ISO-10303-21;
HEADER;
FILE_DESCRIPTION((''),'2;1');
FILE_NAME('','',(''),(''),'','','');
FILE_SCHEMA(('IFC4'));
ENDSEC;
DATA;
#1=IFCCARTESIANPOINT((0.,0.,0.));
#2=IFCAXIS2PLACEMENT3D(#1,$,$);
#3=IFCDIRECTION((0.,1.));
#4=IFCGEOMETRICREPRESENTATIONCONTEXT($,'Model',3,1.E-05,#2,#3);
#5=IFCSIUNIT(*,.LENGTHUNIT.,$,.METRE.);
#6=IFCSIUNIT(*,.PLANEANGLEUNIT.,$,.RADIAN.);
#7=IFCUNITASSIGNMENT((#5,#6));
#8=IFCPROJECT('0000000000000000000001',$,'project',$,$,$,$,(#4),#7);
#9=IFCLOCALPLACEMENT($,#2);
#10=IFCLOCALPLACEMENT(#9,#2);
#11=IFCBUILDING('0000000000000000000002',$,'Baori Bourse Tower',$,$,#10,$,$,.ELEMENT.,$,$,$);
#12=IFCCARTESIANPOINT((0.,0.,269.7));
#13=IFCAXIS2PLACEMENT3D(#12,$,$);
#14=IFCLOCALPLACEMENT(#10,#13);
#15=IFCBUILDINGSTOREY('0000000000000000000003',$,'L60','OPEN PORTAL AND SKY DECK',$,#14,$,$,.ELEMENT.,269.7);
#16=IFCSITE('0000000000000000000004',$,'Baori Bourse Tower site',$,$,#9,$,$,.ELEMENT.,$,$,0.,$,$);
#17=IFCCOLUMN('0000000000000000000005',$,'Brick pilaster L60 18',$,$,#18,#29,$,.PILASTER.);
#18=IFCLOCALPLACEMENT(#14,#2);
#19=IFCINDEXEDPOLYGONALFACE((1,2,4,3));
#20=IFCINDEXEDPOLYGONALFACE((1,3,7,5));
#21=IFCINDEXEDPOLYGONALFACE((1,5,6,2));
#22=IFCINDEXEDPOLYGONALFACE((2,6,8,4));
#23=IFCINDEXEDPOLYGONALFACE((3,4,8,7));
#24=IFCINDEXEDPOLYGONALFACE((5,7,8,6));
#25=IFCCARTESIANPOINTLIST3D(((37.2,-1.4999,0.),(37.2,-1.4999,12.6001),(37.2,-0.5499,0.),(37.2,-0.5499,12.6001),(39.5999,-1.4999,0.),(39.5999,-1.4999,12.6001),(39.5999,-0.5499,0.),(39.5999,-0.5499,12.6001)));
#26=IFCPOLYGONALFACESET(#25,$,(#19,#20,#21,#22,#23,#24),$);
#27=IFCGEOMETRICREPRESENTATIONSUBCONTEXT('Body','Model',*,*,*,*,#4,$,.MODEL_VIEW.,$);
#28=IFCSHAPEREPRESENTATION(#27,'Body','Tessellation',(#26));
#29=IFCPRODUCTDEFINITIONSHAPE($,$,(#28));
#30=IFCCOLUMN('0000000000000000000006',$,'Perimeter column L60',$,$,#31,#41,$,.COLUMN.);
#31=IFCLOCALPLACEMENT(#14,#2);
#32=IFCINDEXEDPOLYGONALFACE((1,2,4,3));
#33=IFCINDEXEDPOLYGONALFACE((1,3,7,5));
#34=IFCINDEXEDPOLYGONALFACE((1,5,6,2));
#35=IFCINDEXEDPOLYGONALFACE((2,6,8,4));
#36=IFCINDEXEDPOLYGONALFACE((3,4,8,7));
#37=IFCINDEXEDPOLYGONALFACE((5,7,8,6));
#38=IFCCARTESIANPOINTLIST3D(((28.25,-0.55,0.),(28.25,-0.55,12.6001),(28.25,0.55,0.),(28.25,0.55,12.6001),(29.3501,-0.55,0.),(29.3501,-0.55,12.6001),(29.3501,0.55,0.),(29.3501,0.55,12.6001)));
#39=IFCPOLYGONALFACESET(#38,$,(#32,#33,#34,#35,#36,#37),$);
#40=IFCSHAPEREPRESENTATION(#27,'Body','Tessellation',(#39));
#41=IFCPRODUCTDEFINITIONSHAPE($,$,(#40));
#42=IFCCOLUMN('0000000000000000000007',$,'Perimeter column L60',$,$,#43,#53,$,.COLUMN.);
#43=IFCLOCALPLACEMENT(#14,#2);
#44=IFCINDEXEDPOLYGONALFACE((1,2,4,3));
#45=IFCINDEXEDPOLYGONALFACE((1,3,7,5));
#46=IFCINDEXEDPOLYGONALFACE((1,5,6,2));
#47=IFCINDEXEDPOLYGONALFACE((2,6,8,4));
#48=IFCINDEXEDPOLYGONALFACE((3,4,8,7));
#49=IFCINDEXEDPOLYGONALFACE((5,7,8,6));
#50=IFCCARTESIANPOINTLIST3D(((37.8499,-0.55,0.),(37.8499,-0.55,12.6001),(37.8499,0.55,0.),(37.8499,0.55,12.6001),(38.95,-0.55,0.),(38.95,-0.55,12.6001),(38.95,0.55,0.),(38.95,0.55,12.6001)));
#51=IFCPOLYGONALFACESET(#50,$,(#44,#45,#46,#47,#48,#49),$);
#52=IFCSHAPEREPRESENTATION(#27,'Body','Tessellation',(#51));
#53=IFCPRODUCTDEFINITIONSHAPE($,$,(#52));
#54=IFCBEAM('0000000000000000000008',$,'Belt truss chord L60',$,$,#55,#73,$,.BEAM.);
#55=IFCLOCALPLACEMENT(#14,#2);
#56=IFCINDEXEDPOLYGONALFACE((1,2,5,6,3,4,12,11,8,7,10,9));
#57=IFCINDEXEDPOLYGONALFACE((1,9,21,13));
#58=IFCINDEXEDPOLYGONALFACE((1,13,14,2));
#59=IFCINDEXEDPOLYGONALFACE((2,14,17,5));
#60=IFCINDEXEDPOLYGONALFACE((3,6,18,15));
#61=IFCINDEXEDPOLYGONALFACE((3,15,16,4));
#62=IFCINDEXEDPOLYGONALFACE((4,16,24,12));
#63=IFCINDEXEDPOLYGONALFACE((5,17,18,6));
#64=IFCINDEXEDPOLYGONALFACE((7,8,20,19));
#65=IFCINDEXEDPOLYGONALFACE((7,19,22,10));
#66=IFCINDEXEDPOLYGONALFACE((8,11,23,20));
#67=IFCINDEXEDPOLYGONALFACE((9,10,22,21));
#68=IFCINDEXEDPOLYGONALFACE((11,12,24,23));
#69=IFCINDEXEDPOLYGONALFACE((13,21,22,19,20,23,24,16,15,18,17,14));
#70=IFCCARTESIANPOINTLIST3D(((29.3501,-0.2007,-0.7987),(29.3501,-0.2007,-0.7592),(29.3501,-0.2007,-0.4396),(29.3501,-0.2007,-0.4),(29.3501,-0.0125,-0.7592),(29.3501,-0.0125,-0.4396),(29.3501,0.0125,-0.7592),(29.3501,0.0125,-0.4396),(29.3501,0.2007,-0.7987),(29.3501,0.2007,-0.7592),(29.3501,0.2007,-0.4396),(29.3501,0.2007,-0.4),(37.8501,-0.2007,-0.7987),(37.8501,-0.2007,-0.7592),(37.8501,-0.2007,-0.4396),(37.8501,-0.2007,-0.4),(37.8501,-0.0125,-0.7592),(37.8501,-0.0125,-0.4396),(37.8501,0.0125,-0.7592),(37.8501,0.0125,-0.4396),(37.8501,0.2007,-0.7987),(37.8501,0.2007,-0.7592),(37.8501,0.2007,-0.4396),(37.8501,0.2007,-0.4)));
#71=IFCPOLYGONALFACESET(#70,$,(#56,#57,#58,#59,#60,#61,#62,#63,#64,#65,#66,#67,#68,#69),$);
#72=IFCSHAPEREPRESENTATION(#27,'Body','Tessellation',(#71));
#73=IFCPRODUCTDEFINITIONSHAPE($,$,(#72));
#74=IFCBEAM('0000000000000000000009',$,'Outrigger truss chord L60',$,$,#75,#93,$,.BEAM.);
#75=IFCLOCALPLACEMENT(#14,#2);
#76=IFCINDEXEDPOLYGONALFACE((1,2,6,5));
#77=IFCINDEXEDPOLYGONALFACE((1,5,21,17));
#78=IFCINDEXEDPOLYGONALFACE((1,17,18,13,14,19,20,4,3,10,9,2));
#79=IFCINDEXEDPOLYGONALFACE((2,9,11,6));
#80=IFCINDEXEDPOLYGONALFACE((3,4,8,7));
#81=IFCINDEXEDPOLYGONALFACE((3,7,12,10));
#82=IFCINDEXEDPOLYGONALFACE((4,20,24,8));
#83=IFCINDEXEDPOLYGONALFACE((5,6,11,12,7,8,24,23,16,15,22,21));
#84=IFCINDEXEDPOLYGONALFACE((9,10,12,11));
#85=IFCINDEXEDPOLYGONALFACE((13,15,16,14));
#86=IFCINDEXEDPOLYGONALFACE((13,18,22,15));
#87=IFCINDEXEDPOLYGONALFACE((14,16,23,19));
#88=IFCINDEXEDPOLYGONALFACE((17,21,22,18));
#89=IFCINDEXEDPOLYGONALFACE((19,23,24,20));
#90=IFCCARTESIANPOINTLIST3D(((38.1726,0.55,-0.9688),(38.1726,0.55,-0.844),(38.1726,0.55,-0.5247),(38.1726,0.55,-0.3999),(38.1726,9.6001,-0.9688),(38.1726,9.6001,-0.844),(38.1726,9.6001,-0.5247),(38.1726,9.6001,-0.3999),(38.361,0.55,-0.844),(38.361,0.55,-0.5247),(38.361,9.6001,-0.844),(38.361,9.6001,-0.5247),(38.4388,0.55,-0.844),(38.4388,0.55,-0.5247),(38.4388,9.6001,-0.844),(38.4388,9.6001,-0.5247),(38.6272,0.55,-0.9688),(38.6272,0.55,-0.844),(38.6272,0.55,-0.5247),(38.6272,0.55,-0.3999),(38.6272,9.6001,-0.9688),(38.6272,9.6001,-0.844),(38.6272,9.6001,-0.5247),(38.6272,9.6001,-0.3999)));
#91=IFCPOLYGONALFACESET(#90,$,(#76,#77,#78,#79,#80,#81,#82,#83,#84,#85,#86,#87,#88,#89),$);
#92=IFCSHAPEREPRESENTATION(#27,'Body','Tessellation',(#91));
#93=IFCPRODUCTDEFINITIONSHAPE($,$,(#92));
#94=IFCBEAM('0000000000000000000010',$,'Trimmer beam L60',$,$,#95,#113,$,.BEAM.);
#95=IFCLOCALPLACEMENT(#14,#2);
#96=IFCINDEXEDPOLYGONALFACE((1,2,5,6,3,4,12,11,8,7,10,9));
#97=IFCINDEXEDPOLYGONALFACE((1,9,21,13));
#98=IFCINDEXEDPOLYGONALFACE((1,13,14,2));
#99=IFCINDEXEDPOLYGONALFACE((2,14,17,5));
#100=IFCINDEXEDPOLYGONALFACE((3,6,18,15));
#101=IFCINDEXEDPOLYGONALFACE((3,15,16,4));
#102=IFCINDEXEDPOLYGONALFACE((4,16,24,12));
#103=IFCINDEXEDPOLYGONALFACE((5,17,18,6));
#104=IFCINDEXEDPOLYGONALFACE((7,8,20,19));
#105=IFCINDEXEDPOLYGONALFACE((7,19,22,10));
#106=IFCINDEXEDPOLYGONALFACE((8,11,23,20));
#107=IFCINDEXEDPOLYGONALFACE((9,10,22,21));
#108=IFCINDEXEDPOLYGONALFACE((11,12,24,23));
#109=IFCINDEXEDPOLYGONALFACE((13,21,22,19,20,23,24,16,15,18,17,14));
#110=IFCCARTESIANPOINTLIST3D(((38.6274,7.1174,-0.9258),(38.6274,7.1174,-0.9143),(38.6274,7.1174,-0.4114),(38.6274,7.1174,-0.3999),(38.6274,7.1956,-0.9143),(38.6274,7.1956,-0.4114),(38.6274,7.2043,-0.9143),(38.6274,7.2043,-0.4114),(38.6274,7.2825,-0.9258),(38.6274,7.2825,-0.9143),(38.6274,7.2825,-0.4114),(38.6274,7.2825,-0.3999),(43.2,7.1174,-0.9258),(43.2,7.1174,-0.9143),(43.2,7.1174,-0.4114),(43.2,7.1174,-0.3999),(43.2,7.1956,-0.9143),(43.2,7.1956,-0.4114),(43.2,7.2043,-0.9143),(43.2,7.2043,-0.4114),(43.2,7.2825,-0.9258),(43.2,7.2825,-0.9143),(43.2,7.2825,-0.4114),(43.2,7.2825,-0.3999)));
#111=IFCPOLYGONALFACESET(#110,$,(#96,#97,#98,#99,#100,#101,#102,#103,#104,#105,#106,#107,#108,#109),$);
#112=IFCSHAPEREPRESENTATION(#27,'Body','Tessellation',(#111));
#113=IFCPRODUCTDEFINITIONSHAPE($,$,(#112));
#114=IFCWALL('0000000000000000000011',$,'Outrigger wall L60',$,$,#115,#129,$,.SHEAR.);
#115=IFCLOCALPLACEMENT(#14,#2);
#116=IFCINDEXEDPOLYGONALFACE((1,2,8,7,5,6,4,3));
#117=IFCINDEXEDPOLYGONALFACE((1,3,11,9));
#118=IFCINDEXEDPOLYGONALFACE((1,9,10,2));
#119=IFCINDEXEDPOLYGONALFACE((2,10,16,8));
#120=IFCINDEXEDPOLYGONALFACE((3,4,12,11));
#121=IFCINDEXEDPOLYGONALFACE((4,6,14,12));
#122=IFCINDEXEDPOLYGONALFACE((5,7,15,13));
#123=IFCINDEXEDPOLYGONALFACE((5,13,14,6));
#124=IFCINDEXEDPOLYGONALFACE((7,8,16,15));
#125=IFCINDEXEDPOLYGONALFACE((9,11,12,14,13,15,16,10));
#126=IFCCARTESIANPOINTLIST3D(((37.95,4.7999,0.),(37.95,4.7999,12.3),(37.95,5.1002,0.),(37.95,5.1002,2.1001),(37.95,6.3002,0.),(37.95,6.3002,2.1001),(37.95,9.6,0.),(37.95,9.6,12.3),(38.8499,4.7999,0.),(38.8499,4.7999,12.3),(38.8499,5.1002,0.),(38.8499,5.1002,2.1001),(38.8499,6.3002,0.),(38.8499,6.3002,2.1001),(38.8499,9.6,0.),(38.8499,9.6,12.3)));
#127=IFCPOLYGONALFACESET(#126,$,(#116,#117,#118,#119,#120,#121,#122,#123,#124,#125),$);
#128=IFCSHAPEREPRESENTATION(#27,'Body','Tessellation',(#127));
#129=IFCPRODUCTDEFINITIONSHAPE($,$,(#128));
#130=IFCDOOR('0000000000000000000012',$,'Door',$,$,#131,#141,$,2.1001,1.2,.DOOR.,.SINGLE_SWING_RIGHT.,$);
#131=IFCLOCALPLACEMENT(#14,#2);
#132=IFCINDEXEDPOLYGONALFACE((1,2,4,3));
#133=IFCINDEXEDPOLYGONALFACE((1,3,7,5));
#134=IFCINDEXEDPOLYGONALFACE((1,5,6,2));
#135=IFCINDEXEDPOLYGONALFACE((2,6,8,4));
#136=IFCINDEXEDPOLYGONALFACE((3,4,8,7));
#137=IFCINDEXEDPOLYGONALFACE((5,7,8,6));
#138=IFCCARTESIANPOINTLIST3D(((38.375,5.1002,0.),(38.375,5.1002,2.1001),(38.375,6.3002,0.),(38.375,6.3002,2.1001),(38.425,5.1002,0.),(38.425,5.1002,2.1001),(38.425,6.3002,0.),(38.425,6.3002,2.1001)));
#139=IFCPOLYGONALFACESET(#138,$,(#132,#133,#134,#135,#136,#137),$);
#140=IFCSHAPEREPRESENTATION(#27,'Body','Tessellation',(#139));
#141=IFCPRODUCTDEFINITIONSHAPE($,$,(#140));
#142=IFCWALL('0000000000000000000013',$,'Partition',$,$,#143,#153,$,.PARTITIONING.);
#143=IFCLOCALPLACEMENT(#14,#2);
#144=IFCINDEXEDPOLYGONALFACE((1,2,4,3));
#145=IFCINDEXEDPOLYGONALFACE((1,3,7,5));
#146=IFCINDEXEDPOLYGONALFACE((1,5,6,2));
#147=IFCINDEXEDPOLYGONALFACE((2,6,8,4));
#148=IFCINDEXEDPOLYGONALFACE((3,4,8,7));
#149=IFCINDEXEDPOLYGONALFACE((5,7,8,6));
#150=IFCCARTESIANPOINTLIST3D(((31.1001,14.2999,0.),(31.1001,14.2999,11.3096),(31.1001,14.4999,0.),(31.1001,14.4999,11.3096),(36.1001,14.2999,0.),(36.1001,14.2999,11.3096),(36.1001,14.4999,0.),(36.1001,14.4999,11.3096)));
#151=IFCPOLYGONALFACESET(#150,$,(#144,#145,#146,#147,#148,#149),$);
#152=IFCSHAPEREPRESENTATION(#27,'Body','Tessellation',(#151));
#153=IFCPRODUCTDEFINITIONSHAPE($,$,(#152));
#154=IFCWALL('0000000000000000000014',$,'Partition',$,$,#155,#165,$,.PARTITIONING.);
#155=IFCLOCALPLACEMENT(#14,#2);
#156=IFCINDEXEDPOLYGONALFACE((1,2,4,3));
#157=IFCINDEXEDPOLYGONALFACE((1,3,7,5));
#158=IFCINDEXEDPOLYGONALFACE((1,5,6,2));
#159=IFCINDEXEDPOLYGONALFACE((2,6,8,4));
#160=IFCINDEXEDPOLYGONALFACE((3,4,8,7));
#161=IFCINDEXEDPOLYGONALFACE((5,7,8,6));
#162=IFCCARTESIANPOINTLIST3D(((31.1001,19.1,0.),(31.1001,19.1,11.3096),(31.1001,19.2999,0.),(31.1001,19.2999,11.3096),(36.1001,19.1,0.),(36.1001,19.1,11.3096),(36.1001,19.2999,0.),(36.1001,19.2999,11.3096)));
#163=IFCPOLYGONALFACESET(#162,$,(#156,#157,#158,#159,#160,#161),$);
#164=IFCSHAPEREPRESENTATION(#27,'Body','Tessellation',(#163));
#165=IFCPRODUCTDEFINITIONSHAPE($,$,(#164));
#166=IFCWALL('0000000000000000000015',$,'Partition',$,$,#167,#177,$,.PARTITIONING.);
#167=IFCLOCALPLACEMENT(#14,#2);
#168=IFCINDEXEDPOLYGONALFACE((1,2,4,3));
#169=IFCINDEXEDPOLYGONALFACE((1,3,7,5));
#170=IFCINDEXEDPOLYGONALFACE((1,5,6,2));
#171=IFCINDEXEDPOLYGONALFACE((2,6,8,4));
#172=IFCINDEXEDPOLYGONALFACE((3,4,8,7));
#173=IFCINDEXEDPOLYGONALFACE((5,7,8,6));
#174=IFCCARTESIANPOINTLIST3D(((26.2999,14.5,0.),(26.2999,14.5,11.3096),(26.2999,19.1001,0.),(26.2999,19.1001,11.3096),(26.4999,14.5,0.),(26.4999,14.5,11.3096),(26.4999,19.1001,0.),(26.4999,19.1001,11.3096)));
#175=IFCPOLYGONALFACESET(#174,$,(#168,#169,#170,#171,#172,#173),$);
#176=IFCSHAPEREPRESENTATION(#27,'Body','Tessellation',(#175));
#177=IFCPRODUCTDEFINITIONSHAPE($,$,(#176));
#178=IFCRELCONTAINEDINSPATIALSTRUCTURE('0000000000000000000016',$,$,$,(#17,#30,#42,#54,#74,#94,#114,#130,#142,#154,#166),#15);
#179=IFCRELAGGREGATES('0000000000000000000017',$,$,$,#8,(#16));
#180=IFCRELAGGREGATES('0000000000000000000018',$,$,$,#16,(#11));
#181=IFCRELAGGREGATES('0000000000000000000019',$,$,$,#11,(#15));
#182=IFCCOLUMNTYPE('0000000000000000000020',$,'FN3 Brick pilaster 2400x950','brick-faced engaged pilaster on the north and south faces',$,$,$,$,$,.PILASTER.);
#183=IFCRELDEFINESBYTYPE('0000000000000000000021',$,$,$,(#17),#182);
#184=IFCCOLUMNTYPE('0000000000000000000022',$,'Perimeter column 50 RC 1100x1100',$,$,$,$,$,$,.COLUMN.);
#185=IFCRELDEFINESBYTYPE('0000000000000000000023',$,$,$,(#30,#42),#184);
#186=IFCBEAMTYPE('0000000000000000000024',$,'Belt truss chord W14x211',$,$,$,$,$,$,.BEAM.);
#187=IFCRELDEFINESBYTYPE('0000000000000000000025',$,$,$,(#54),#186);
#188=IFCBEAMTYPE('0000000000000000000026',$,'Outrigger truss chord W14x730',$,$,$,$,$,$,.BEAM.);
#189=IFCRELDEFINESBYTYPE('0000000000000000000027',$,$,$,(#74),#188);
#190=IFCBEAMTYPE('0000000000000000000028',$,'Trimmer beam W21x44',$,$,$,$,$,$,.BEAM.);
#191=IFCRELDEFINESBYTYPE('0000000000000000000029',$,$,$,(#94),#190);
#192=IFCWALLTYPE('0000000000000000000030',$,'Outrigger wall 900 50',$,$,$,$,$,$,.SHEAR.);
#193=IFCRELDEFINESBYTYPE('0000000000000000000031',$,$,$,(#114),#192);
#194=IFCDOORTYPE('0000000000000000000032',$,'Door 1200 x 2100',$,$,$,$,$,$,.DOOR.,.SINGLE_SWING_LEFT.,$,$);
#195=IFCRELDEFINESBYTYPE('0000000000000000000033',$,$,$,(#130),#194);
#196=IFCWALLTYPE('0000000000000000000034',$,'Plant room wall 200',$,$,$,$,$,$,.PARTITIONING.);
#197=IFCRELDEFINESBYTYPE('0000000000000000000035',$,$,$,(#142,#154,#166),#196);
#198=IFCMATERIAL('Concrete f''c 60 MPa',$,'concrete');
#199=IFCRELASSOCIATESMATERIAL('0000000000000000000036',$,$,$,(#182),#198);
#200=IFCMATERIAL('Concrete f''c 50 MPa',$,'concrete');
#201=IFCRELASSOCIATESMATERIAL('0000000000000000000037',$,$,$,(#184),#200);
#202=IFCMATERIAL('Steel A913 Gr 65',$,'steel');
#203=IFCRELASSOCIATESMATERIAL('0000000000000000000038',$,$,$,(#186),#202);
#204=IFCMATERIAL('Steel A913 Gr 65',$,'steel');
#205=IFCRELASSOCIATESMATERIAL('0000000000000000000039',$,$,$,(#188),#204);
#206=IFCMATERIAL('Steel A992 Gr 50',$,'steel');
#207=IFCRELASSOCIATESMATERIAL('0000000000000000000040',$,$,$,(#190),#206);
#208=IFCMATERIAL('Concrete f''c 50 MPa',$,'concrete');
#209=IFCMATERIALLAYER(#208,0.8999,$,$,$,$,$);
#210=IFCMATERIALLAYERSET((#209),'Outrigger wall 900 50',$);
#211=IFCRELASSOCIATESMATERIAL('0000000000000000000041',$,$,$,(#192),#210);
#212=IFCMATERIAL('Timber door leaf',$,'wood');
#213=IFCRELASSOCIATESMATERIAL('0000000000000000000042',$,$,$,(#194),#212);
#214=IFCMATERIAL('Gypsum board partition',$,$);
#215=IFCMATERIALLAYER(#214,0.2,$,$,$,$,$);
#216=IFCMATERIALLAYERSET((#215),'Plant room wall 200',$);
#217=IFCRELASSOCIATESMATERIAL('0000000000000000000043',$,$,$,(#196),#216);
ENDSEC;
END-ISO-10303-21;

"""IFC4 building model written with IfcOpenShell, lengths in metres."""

from ifc_helpers import new_model, si_unit, direction, frame, frame_2d, origin, origin_2d, place, context, subcontext, project, spatial, rectangle, i_section, extrude, material, layer, layer_set, material_profile, profile_set, type_object, element, fill, save


model = new_model("IFC4")

# Units and contexts
model_context = context("Model", 3, precision=1e-05, world=origin(), true_north=direction((0.0, 1.0)))
body_context = subcontext(model_context, "Body", "Model", "MODEL_VIEW")
ifc_project = project(units=[si_unit("LENGTHUNIT", "METRE"), si_unit("PLANEANGLEUNIT", "RADIAN")], contexts=[model_context])

# Site, building, storey
site_placement = place(None, origin())
site = spatial("IfcSite", under=ifc_project, at=site_placement, Name="Baori Bourse Tower site", CompositionType="ELEMENT", RefElevation=0.0)
building_placement = place(site_placement, origin())
building = spatial("IfcBuilding", under=site, at=building_placement, Name="Baori Bourse Tower", CompositionType="ELEMENT")
storey_placement = place(building_placement, frame((0.0, 0.0, 269.7)))
storey = spatial("IfcBuildingStorey", under=building, at=storey_placement, Name="L60", Description="OPEN PORTAL AND SKY DECK", CompositionType="ELEMENT", Elevation=269.7)

# Columns
ifc_material_1 = material(Name="Concrete f'c 60 MPa", Category="concrete")
ifc_material_profile_1 = material_profile(ifc_material_1, rectangle(XDim=2.3999, YDim=0.95, at=origin_2d()), Name="RC 2400x950")
ifc_profile_set_1 = profile_set([ifc_material_profile_1], Name="Concrete f'c 60 MPa")
column_type_1 = type_object("IfcColumnType", Name="FN3 Brick pilaster 2400x950", Description="brick-faced engaged pilaster on the north and south faces", PredefinedType="PILASTER", material=ifc_profile_set_1)
column_placement = place(storey_placement, frame((38.3999, -1.0249, 0.0), z_axis=(0.0, 0.0, 1.0), x_axis=(1.0, 0.0, 0.0)))
element("IfcColumn", 1, at=column_placement, inside=storey, type_object=column_type_1, Name="Brick pilaster L60 18", PredefinedType="PILASTER", context=body_context, shape_type="SweptSolid", body=[
    extrude(rectangle(XDim=2.3999, YDim=0.95, at=origin_2d()), origin(), (0.0, 0.0, 1.0), 12.6001),
])
ifc_material_2 = material(Name="Concrete f'c 50 MPa", Category="concrete")
ifc_material_profile_2 = material_profile(ifc_material_2, rectangle(XDim=1.1001, YDim=1.1001, at=origin_2d()), Name="RC 1100x1100")
ifc_profile_set_2 = profile_set([ifc_material_profile_2], Name="Concrete f'c 50 MPa")
column_type_2 = type_object("IfcColumnType", Name="Perimeter column 50 RC 1100x1100", PredefinedType="COLUMN", material=ifc_profile_set_2)
for number, where, z_axis, x_axis, name in (
    (2, (28.8, 0.0, 0.0), (0.0, 0.0, 1.0), (1.0, 0.0, 0.0), "Perimeter column L60"),
    (3, (38.3999, 0.0, 0.0), (0.0, 0.0, 1.0), (1.0, 0.0, 0.0), "Perimeter column L60"),
):
    element("IfcColumn", number, at=place(storey_placement, frame(where, z_axis=z_axis, x_axis=x_axis)), inside=storey, type_object=column_type_2, Name=name, PredefinedType="COLUMN", context=body_context, shape_type="SweptSolid", body=[
        extrude(rectangle(XDim=1.1001, YDim=1.1001, at=origin_2d()), origin(), (0.0, 0.0, 1.0), 12.6001),
    ])

# Beams
ifc_material_3 = material(Name="Steel A913 Gr 65", Category="steel")
ifc_material_profile_3 = material_profile(ifc_material_3, i_section(OverallWidth=0.4014, OverallDepth=0.3987, WebThickness=0.0249, FlangeThickness=0.0396, at=origin_2d()), Name="W14x211")
ifc_profile_set_3 = profile_set([ifc_material_profile_3], Name="Steel A913 Gr 65")
beam_type_1 = type_object("IfcBeamType", Name="Belt truss chord W14x211", PredefinedType="BEAM", material=ifc_profile_set_3)
beam_1_placement = place(storey_placement, frame((29.3501, 0.0, -0.5994), z_axis=(1.0, 0.0, 0.0), x_axis=(0.0, 1.0, 0.0)))
element("IfcBeam", 4, at=beam_1_placement, inside=storey, type_object=beam_type_1, Name="Belt truss chord L60", PredefinedType="BEAM", context=body_context, shape_type="SweptSolid", body=[
    extrude(i_section(OverallWidth=0.4014, OverallDepth=0.3987, WebThickness=0.0249, FlangeThickness=0.0396, at=origin_2d()), origin(), (0.0, 0.0, 1.0), 8.5),
])
ifc_material_4 = material(Name="Steel A913 Gr 65", Category="steel")
ifc_material_profile_4 = material_profile(ifc_material_4, i_section(OverallWidth=0.4546, OverallDepth=0.5688, WebThickness=0.0779, FlangeThickness=0.1248, at=origin_2d()), Name="W14x730")
ifc_profile_set_4 = profile_set([ifc_material_profile_4], Name="Steel A913 Gr 65")
beam_type_2 = type_object("IfcBeamType", Name="Outrigger truss chord W14x730", PredefinedType="BEAM", material=ifc_profile_set_4)
beam_2_placement = place(storey_placement, frame((38.3999, 0.55, -0.6843), z_axis=(0.0, 1.0, 0.0), x_axis=(-1.0, 0.0, 0.0)))
element("IfcBeam", 5, at=beam_2_placement, inside=storey, type_object=beam_type_2, Name="Outrigger truss chord L60", PredefinedType="BEAM", context=body_context, shape_type="SweptSolid", body=[
    extrude(i_section(OverallWidth=0.4546, OverallDepth=0.5688, WebThickness=0.0779, FlangeThickness=0.1248, at=origin_2d()), origin(), (0.0, 0.0, 1.0), 9.05),
])
ifc_material_5 = material(Name="Steel A992 Gr 50", Category="steel")
ifc_material_profile_5 = material_profile(ifc_material_5, i_section(OverallWidth=0.165, OverallDepth=0.5259, WebThickness=0.0088, FlangeThickness=0.0115, at=origin_2d()), Name="W21x44")
ifc_profile_set_5 = profile_set([ifc_material_profile_5], Name="Steel A992 Gr 50")
beam_type_3 = type_object("IfcBeamType", Name="Trimmer beam W21x44", PredefinedType="BEAM", material=ifc_profile_set_5)
beam_3_placement = place(storey_placement, frame((38.6274, 7.2, -0.6628), z_axis=(1.0, 0.0, 0.0), x_axis=(0.0, 1.0, 0.0)))
element("IfcBeam", 6, at=beam_3_placement, inside=storey, type_object=beam_type_3, Name="Trimmer beam L60", PredefinedType="BEAM", context=body_context, shape_type="SweptSolid", body=[
    extrude(i_section(OverallWidth=0.165, OverallDepth=0.5259, WebThickness=0.0088, FlangeThickness=0.0115, at=origin_2d()), origin(), (0.0, 0.0, 1.0), 4.5725),
])

# Wall, opening, door
ifc_material_6 = material(Name="Concrete f'c 50 MPa", Category="concrete")
ifc_layer_1 = layer(ifc_material_6, 0.8999)
ifc_layer_set_1 = layer_set([ifc_layer_1], Name="Outrigger wall 900 50")
wall_type_1 = type_object("IfcWallType", Name="Outrigger wall 900 50", PredefinedType="SHEAR", material=ifc_layer_set_1)
wall_1_placement = place(storey_placement, frame((38.3999, 4.8, 0.0), z_axis=(0.0, 0.0, 1.0), x_axis=(0.0, 1.0, 0.0)))
wall_1 = element("IfcWall", 7, at=wall_1_placement, inside=storey, type_object=wall_type_1, Name="Outrigger wall L60", PredefinedType="SHEAR", context=body_context, shape_type="SweptSolid", body=[
    extrude(rectangle(XDim=4.8, YDim=0.8999, at=frame_2d((2.3999, 0.0))), origin(), (0.0, 0.0, 1.0), 12.3),
])
opening_1_placement = place(wall_1_placement, frame((0.3, 0.0, 0.0)))
opening_1 = element("IfcOpeningElement", 8, at=opening_1_placement, cuts=wall_1, PredefinedType="OPENING", context=body_context, shape_type="SweptSolid", body=[
    extrude(rectangle(XDim=1.2, YDim=2.1001, at=frame_2d((0.6001, 1.05))), frame((0.0, 0.46, 0.0), z_axis=(0.0, -1.0, 0.0), x_axis=(1.0, 0.0, 0.0)), (0.0, 0.0, 1.0), 0.9199),
])
ifc_material_7 = material(Name="Timber door leaf", Category="wood")
door_type_1 = type_object("IfcDoorType", Name="Door 1200 x 2100", OperationType="SINGLE_SWING_LEFT", PredefinedType="DOOR", material=ifc_material_7)
door_1_placement = place(opening_1_placement, origin())
door_1 = element("IfcDoor", 9, at=door_1_placement, inside=storey, type_object=door_type_1, Name="Door", OperationType="SINGLE_SWING_RIGHT", OverallHeight=2.1001, OverallWidth=1.2, PredefinedType="DOOR", context=body_context, shape_type="SweptSolid", body=[
    extrude(rectangle(XDim=1.2, YDim=2.1001, at=frame_2d((0.6001, 1.05))), frame((0.0, 0.0249, 0.0), z_axis=(0.0, -1.0, 0.0), x_axis=(1.0, 0.0, 0.0)), (0.0, 0.0, 1.0), 0.05),
])
fill(opening_1, door_1)

# Walls
ifc_material_8 = material(Name="Gypsum board partition")
ifc_layer_2 = layer(ifc_material_8, 0.2)
ifc_layer_set_2 = layer_set([ifc_layer_2], Name="Plant room wall 200")
wall_type_2 = type_object("IfcWallType", Name="Plant room wall 200", PredefinedType="PARTITIONING", material=ifc_layer_set_2)
for number, where, z_axis, x_axis, name in (
    (10, (31.1001, 14.3999, 0.0), (0.0, 0.0, 1.0), (1.0, 0.0, 0.0), "Partition"),
    (11, (31.1001, 19.2, 0.0), (0.0, 0.0, 1.0), (1.0, 0.0, 0.0), "Partition"),
):
    element("IfcWall", number, at=place(storey_placement, frame(where, z_axis=z_axis, x_axis=x_axis)), inside=storey, type_object=wall_type_2, Name=name, PredefinedType="PARTITIONING", context=body_context, shape_type="SweptSolid", body=[
        extrude(rectangle(XDim=5.0, YDim=0.2, at=frame_2d((2.5, 0.0))), origin(), (0.0, 0.0, 1.0), 11.3096),
    ])
for number, where, z_axis, x_axis, name in (
    (12, (26.3999, 14.5, 0.0), (0.0, 0.0, 1.0), (0.0, 1.0, 0.0), "Partition"),
):
    element("IfcWall", number, at=place(storey_placement, frame(where, z_axis=z_axis, x_axis=x_axis)), inside=storey, type_object=wall_type_2, Name=name, PredefinedType="PARTITIONING", context=body_context, shape_type="SweptSolid", body=[
        extrude(rectangle(XDim=4.6001, YDim=0.2, at=frame_2d((2.3, 0.0))), origin(), (0.0, 0.0, 1.0), 11.3096),
    ])

save(model, "model.ifc")
